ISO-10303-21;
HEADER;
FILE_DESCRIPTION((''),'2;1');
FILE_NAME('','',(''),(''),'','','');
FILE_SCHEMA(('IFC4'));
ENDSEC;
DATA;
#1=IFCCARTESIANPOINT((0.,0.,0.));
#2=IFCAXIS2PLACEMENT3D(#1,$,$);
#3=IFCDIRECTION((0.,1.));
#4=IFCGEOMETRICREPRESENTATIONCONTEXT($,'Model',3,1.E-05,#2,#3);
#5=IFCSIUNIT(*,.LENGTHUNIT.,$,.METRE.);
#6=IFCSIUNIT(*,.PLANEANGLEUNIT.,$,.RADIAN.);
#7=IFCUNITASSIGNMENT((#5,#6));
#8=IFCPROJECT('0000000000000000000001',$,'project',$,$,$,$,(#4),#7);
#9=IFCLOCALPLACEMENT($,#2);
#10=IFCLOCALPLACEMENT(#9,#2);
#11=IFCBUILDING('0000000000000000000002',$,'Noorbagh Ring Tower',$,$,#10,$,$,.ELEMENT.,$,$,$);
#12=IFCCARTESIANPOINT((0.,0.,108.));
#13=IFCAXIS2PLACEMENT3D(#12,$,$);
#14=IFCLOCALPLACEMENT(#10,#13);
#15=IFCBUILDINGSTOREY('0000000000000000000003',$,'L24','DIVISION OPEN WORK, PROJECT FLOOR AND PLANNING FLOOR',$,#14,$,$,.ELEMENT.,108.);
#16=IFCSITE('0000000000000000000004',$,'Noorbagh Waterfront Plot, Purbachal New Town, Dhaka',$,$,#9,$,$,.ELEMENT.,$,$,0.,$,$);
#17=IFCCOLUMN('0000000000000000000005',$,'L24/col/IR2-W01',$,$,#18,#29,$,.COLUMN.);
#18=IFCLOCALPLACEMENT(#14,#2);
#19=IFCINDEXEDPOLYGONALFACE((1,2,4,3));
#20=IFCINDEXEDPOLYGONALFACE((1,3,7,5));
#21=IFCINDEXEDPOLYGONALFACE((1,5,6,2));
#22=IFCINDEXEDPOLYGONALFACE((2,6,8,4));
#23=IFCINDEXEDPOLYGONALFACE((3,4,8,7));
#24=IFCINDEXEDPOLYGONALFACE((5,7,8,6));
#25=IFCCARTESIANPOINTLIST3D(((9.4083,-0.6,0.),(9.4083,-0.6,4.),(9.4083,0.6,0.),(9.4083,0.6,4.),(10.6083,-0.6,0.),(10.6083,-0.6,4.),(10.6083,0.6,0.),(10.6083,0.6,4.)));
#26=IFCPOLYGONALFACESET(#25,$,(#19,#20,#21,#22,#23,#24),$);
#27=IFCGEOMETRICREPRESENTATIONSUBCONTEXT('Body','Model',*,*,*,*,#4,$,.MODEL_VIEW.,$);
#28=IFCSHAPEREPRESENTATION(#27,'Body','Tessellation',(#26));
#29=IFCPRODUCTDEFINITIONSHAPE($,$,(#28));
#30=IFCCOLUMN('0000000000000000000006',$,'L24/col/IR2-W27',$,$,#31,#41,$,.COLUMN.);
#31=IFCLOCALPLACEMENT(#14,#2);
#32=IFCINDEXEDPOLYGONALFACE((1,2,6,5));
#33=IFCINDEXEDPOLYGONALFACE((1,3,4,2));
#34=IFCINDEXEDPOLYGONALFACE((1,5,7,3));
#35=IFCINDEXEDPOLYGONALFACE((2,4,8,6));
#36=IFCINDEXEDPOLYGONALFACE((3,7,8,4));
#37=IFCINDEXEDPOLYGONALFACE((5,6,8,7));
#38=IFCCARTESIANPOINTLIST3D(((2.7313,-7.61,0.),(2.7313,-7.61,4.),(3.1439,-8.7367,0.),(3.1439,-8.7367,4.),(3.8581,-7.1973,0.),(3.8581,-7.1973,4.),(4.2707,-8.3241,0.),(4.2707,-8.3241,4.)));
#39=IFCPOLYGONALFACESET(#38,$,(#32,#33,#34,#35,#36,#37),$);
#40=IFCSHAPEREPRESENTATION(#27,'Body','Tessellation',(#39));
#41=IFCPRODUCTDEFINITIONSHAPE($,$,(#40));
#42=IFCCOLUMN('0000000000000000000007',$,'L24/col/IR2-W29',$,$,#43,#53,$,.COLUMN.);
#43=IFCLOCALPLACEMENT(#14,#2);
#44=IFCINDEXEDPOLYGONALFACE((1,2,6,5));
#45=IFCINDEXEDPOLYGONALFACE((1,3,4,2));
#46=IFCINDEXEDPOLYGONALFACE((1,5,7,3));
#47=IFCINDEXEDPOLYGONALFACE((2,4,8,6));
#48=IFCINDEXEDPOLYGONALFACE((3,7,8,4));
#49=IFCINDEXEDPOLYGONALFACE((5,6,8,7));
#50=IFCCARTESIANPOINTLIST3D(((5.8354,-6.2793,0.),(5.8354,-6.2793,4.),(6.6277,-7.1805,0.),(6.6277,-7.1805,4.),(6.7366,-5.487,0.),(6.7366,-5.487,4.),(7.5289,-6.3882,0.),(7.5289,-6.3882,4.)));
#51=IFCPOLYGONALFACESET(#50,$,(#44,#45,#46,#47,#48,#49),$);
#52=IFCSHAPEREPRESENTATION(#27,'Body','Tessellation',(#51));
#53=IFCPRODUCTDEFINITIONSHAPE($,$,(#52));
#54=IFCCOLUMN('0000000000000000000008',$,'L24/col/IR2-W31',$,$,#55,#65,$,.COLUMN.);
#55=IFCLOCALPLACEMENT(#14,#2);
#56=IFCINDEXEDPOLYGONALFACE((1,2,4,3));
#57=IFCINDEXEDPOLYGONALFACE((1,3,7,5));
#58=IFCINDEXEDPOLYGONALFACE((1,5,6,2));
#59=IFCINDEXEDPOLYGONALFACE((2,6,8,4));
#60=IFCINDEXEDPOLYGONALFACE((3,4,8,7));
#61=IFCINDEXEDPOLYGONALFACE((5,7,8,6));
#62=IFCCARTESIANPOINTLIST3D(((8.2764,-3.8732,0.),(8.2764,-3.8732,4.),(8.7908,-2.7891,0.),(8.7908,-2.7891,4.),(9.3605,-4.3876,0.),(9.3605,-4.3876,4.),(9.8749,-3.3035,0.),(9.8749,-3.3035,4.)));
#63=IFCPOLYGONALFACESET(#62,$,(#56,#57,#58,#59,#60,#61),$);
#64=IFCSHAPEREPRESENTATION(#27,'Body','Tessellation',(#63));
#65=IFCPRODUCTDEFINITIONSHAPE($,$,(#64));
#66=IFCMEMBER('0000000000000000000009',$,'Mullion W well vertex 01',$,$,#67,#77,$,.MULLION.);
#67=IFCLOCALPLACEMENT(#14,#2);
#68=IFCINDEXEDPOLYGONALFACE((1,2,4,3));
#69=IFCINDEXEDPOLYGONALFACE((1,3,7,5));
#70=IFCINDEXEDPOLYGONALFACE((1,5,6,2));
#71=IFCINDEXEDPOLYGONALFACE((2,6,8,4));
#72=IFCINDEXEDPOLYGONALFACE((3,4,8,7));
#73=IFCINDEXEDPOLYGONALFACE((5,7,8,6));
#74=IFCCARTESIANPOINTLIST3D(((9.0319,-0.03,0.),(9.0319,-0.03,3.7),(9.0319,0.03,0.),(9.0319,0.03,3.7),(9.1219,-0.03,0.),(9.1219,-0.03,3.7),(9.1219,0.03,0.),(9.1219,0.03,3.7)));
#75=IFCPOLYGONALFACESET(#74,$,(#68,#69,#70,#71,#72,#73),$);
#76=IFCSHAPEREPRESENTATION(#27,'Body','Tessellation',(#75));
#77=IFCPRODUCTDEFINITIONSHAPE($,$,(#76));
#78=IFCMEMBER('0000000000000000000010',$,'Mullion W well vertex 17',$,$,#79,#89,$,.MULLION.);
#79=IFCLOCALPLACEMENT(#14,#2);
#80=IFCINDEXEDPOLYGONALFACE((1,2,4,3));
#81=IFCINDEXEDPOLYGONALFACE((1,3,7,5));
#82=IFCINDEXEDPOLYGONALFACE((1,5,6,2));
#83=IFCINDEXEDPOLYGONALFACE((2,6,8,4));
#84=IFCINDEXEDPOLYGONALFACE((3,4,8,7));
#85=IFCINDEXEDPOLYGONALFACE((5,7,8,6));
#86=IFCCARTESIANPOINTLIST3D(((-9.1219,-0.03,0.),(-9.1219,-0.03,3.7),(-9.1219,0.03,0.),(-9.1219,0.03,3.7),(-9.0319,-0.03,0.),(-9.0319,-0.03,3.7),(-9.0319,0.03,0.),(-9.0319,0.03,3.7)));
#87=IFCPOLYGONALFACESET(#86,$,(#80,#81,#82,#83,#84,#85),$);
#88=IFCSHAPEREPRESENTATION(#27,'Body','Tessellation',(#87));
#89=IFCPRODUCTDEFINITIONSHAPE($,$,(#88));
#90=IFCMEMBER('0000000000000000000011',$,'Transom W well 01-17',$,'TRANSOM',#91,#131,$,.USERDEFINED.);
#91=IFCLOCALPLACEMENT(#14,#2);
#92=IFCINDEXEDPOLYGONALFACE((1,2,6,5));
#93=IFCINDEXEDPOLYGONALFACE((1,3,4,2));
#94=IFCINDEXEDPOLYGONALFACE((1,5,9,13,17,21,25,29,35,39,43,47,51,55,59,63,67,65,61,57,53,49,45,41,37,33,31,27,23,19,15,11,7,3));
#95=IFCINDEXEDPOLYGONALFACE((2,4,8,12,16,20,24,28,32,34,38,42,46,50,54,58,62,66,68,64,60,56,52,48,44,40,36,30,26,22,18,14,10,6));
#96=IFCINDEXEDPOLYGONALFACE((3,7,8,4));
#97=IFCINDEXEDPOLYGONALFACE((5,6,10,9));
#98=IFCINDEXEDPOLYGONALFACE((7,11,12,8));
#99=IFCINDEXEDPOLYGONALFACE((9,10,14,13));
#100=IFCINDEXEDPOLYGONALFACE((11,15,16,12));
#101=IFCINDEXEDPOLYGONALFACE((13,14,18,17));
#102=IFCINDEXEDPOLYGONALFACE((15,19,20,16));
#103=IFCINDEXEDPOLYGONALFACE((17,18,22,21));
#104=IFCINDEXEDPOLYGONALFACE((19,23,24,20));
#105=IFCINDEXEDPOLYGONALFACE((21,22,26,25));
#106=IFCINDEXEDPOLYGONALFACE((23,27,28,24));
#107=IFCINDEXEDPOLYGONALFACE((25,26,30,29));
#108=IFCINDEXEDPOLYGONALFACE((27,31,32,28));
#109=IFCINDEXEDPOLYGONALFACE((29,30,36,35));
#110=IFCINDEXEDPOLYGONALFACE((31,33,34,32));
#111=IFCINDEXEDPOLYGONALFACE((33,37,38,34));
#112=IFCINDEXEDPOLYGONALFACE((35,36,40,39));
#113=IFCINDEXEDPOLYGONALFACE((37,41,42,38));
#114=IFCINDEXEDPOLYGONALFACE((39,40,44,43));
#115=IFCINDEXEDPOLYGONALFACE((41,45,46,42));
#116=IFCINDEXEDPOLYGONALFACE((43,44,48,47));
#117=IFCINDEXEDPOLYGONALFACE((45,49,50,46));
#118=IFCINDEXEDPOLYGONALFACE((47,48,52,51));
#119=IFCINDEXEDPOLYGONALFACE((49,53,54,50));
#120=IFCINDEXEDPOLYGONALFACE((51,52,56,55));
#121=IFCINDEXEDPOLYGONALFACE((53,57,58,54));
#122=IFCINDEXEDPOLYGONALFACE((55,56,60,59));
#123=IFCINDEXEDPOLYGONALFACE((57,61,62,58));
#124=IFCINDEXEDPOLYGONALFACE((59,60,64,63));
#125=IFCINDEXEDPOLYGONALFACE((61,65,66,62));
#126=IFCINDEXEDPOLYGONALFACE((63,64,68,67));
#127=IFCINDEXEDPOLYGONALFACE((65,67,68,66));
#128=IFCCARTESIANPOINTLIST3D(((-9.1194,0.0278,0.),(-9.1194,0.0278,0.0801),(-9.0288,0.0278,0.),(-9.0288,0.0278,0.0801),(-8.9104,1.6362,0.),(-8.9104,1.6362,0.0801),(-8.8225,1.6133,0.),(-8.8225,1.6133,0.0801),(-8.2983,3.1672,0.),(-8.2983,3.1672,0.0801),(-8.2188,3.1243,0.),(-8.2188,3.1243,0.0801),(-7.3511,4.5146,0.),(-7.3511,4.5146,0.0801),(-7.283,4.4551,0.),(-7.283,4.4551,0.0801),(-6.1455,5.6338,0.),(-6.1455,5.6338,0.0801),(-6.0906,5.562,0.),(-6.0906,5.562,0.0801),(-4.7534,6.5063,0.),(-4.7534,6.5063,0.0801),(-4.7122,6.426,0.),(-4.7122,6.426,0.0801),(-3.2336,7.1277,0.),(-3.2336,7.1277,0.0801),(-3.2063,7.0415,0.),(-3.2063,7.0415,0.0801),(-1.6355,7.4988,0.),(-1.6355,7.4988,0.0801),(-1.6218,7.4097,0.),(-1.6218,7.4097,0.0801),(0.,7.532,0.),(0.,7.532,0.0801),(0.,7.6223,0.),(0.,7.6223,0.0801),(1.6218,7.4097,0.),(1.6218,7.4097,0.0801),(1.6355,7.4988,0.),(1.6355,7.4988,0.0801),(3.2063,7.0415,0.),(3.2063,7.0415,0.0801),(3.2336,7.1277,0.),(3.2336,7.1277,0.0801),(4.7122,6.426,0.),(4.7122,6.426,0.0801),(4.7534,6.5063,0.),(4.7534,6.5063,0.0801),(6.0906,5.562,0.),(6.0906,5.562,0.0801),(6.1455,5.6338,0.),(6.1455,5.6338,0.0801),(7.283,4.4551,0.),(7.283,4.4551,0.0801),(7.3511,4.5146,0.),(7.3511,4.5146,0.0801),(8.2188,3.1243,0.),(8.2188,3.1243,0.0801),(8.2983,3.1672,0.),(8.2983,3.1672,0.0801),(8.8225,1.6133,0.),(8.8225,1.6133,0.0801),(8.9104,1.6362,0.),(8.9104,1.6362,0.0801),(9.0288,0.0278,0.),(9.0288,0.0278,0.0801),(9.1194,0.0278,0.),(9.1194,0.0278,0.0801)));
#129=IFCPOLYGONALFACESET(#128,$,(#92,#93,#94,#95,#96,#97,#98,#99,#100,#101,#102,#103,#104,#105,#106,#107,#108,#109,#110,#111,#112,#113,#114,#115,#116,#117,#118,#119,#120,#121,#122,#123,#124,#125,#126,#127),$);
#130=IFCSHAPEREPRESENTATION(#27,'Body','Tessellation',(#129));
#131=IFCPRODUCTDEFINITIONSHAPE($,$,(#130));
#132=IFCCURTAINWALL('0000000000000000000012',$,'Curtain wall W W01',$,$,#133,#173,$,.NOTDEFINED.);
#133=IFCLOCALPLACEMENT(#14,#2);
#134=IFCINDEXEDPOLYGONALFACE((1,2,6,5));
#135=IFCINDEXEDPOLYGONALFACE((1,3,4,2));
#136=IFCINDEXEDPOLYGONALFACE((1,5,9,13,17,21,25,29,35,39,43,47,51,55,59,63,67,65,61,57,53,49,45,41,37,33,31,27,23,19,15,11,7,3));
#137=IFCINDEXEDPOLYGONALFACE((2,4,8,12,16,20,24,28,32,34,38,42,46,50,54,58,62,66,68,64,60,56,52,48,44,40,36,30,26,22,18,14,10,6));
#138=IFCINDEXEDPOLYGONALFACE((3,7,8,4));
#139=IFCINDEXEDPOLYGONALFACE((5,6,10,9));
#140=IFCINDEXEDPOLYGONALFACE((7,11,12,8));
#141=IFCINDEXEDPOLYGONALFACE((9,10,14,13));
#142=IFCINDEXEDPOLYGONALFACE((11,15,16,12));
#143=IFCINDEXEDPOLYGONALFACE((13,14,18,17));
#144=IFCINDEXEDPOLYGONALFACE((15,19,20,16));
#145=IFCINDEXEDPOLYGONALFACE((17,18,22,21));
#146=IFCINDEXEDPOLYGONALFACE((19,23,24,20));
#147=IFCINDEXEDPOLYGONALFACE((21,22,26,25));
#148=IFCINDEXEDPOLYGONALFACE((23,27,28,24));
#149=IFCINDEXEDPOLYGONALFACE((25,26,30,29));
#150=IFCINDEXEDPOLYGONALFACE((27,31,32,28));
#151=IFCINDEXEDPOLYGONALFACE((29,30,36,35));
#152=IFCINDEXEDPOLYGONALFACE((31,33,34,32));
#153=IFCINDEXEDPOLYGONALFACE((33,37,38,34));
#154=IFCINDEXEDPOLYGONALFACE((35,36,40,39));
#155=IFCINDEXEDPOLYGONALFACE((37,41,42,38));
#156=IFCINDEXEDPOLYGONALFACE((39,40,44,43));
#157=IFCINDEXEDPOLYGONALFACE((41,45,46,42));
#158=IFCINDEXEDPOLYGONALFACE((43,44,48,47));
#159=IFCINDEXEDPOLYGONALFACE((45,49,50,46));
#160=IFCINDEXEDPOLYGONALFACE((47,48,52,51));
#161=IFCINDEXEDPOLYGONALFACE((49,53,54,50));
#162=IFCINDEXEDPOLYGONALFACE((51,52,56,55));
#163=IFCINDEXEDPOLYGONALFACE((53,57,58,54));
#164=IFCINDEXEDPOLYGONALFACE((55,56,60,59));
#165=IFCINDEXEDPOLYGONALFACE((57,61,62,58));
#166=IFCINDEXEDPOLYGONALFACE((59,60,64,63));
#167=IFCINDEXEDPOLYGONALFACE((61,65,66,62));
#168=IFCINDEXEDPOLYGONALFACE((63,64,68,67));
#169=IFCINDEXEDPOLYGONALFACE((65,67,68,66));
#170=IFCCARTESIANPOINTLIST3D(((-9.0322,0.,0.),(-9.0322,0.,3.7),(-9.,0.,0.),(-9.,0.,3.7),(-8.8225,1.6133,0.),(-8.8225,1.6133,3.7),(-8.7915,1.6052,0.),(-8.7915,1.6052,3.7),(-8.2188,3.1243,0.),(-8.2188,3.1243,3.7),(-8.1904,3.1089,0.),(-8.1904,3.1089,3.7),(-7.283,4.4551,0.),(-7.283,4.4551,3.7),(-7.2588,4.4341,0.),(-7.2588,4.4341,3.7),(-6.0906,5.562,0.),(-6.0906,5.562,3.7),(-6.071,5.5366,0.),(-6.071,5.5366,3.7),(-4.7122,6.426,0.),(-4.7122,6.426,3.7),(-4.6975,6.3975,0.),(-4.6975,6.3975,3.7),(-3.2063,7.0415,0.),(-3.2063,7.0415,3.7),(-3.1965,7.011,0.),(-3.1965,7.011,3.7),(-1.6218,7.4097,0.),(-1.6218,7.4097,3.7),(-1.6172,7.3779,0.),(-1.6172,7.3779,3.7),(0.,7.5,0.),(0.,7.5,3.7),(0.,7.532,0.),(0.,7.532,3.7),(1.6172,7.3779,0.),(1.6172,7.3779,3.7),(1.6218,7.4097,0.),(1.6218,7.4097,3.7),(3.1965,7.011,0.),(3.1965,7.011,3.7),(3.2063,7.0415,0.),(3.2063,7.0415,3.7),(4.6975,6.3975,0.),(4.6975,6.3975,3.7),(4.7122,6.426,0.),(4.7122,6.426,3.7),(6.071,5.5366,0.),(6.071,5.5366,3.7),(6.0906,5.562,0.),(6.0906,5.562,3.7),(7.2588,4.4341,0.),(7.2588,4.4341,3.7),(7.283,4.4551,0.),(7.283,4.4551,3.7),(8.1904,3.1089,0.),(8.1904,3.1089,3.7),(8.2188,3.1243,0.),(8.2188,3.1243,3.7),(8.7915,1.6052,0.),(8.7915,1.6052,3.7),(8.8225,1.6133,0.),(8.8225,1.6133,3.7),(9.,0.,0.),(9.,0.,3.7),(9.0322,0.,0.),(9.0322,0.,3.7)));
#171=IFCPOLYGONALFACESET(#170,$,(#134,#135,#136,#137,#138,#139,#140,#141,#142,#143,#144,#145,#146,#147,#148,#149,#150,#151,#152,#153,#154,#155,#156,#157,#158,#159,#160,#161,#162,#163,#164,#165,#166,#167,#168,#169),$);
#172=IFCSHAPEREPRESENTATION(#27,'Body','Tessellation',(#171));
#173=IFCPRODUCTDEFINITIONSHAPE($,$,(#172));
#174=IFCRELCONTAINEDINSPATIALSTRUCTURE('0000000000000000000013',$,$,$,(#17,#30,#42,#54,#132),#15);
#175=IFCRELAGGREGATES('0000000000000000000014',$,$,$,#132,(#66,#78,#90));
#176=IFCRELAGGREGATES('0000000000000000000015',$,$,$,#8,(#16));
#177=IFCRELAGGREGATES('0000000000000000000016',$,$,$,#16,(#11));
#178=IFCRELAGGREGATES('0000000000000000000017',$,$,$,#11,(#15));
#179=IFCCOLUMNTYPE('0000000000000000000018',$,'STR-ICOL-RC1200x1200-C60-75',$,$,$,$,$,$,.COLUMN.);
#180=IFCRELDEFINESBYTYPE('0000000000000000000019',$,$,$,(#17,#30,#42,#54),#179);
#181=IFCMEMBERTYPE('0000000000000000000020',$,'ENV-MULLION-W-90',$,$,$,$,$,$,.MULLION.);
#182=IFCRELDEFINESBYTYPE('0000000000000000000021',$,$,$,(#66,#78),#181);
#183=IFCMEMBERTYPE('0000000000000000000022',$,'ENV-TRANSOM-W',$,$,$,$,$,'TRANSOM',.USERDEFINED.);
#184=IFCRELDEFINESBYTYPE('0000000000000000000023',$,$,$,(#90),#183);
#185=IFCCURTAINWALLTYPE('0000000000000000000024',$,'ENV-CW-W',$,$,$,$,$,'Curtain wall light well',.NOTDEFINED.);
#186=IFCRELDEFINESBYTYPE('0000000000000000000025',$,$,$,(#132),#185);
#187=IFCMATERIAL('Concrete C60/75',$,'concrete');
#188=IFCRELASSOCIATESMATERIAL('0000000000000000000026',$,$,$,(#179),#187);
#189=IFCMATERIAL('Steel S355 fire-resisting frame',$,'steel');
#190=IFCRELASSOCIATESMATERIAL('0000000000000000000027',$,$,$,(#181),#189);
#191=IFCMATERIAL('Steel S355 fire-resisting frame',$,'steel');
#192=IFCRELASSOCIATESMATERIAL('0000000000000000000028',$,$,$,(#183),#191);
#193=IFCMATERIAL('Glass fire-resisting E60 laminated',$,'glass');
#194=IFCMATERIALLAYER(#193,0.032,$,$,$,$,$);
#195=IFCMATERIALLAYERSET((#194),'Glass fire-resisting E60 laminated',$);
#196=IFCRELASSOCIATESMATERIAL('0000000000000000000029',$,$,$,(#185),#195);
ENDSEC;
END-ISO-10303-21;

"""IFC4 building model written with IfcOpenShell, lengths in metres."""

from ifc_helpers import new_model, si_unit, direction, frame, origin, origin_2d, place, context, subcontext, project, spatial, polyline, rectangle, outline, extrude, material, layer, layer_set, material_profile, profile_set, type_object, element, aggregate, save


model = new_model("IFC4")

# Units and contexts
model_context = context("Model", 3, precision=1e-05, world=origin(), true_north=direction((0.0, 1.0)))
body_context = subcontext(model_context, "Body", "Model", "MODEL_VIEW")
ifc_project = project(units=[si_unit("LENGTHUNIT", "METRE"), si_unit("PLANEANGLEUNIT", "RADIAN")], contexts=[model_context])

# Site, building, storey
site_placement = place(None, origin())
site = spatial("IfcSite", under=ifc_project, at=site_placement, Name="Noorbagh Waterfront Plot, Purbachal New Town, Dhaka", CompositionType="ELEMENT", RefElevation=0.0)
building_placement = place(site_placement, origin())
building = spatial("IfcBuilding", under=site, at=building_placement, Name="Noorbagh Ring Tower", CompositionType="ELEMENT")
storey_placement = place(building_placement, frame((0.0, 0.0, 108.0)))
storey = spatial("IfcBuildingStorey", under=building, at=storey_placement, Name="L24", Description="DIVISION OPEN WORK, PROJECT FLOOR AND PLANNING FLOOR", CompositionType="ELEMENT", Elevation=108.0)

# Columns
ifc_material_1 = material(Name="Concrete C60/75", Category="concrete")
ifc_material_profile_1 = material_profile(ifc_material_1, rectangle(XDim=1.2, YDim=1.2, at=origin_2d()), Name="RC1200x1200")
ifc_profile_set_1 = profile_set([ifc_material_profile_1], Name="Concrete C60/75")
column_type = type_object("IfcColumnType", Name="STR-ICOL-RC1200x1200-C60-75", PredefinedType="COLUMN", material=ifc_profile_set_1)
for number, where, z_axis, x_axis, name in (
    (1, (10.0083, 0.0, 0.0), (0.0, 0.0, 1.0), (0.0, 1.0, 0.0), "L24/col/IR2-W01"),
    (2, (3.501, -7.967, 0.0), (0.0, 0.0, 1.0), (0.93902, 0.343864, 0.0), "L24/col/IR2-W27"),
    (3, (6.6821, -6.3337, 0.0), (0.0, 0.0, 1.0), (0.751022, 0.660277, 0.0), "L24/col/IR2-W29"),
    (4, (9.0757, -3.5884, 0.0), (0.0, 0.0, 1.0), (0.428667, 0.903463, 0.0), "L24/col/IR2-W31"),
):
    element("IfcColumn", number, at=place(storey_placement, frame(where, z_axis=z_axis, x_axis=x_axis)), inside=storey, type_object=column_type, Name=name, PredefinedType="COLUMN", context=body_context, shape_type="SweptSolid", body=[
        extrude(rectangle(XDim=1.2, YDim=1.2, at=origin_2d()), origin(), (0.0, 0.0, 1.0), 4.0),
    ])

# Members
ifc_material_2 = material(Name="Steel S355 fire-resisting frame", Category="steel")
ifc_material_profile_2 = material_profile(ifc_material_2, rectangle(XDim=0.0901, YDim=0.0601, at=origin_2d()), Name="90x60")
ifc_profile_set_2 = profile_set([ifc_material_profile_2], Name="Steel S355 fire-resisting frame")
member_type_1 = type_object("IfcMemberType", Name="ENV-MULLION-W-90", PredefinedType="MULLION", material=ifc_profile_set_2)
member_1_placement = place(storey_placement, frame((9.0769, 0.0, 0.0), z_axis=(0.0, 0.0, 1.0), x_axis=(1.0, 0.0, 0.0)))
member_1 = element("IfcMember", 5, at=member_1_placement, type_object=member_type_1, Name="Mullion W well vertex 01", PredefinedType="MULLION", context=body_context, shape_type="SweptSolid", body=[
    extrude(rectangle(XDim=0.0901, YDim=0.0601, at=origin_2d()), origin(), (0.0, 0.0, 1.0), 3.7),
])
member_2_placement = place(storey_placement, frame((-9.0769, 0.0, 0.0), z_axis=(0.0, 0.0, 1.0), x_axis=(-1.0, 0.0, 0.0)))
member_2 = element("IfcMember", 6, at=member_2_placement, type_object=member_type_1, Name="Mullion W well vertex 17", PredefinedType="MULLION", context=body_context, shape_type="SweptSolid", body=[
    extrude(rectangle(XDim=0.0901, YDim=0.0601, at=origin_2d()), origin(), (0.0, 0.0, 1.0), 3.7),
])
ifc_material_3 = material(Name="Steel S355 fire-resisting frame", Category="steel")
member_type_2 = type_object("IfcMemberType", Name="ENV-TRANSOM-W", ElementType="TRANSOM", PredefinedType="USERDEFINED", material=ifc_material_3)
member_3_placement = place(storey_placement, origin())
member_3 = element("IfcMember", 7, at=member_3_placement, type_object=member_type_2, Name="Transom W well 01-17", ObjectType="TRANSOM", PredefinedType="USERDEFINED", context=body_context, shape_type="SweptSolid", body=[
    extrude(outline(polyline([(9.1194, 0.0278), (8.9104, 1.6362), (8.2983, 3.1672), (7.3511, 4.5146), (6.1455, 5.6338), (4.7534, 6.5063), (3.2336, 7.1277), (1.6355, 7.4988), (0.0, 7.6223), (-1.6355, 7.4988), (-3.2336, 7.1277), (-4.7534, 6.5063), (-6.1455, 5.6338), (-7.3511, 4.5146), (-8.2983, 3.1672), (-8.9104, 1.6362), (-9.1194, 0.0278), (-9.0288, 0.0278), (-8.8225, 1.6133), (-8.2188, 3.1243), (-7.283, 4.4551), (-6.0906, 5.562), (-4.7122, 6.426), (-3.2063, 7.0415), (-1.6218, 7.4097), (0.0, 7.532), (1.6218, 7.4097), (3.2063, 7.0415), (4.7122, 6.426), (6.0906, 5.562), (7.283, 4.4551), (8.2188, 3.1243), (8.8225, 1.6133), (9.0288, 0.0278), (9.1194, 0.0278)])), origin(), (0.0, 0.0, 1.0), 0.0801),
])

# Curtain wall
ifc_material_4 = material(Name="Glass fire-resisting E60 laminated", Category="glass")
ifc_layer_1 = layer(ifc_material_4, 0.032)
ifc_layer_set_1 = layer_set([ifc_layer_1], Name="Glass fire-resisting E60 laminated")
curtain_wall_type_1 = type_object("IfcCurtainWallType", Name="ENV-CW-W", ElementType="Curtain wall light well", PredefinedType="NOTDEFINED", material=ifc_layer_set_1)
curtain_wall_1_placement = place(storey_placement, origin())
curtain_wall_1 = element("IfcCurtainWall", 8, at=curtain_wall_1_placement, inside=storey, type_object=curtain_wall_type_1, Name="Curtain wall W W01", PredefinedType="NOTDEFINED", context=body_context, shape_type="SweptSolid", body=[
    extrude(outline(polyline([(9.0322, 0.0), (8.8225, 1.6133), (8.2188, 3.1243), (7.283, 4.4551), (6.0906, 5.562), (4.7122, 6.426), (3.2063, 7.0415), (1.6218, 7.4097), (0.0, 7.532), (-1.6218, 7.4097), (-3.2063, 7.0415), (-4.7122, 6.426), (-6.0906, 5.562), (-7.283, 4.4551), (-8.2188, 3.1243), (-8.8225, 1.6133), (-9.0322, 0.0), (-9.0, 0.0), (-8.7915, 1.6052), (-8.1904, 3.1089), (-7.2588, 4.4341), (-6.071, 5.5366), (-4.6975, 6.3975), (-3.1965, 7.011), (-1.6172, 7.3779), (0.0, 7.5), (1.6172, 7.3779), (3.1965, 7.011), (4.6975, 6.3975), (6.071, 5.5366), (7.2588, 4.4341), (8.1904, 3.1089), (8.7915, 1.6052), (9.0, 0.0), (9.0322, 0.0)])), origin(), (0.0, 0.0, 1.0), 3.7),
])
aggregate(curtain_wall_1, [member_1, member_2, member_3])

save(model, "model.ifc")
